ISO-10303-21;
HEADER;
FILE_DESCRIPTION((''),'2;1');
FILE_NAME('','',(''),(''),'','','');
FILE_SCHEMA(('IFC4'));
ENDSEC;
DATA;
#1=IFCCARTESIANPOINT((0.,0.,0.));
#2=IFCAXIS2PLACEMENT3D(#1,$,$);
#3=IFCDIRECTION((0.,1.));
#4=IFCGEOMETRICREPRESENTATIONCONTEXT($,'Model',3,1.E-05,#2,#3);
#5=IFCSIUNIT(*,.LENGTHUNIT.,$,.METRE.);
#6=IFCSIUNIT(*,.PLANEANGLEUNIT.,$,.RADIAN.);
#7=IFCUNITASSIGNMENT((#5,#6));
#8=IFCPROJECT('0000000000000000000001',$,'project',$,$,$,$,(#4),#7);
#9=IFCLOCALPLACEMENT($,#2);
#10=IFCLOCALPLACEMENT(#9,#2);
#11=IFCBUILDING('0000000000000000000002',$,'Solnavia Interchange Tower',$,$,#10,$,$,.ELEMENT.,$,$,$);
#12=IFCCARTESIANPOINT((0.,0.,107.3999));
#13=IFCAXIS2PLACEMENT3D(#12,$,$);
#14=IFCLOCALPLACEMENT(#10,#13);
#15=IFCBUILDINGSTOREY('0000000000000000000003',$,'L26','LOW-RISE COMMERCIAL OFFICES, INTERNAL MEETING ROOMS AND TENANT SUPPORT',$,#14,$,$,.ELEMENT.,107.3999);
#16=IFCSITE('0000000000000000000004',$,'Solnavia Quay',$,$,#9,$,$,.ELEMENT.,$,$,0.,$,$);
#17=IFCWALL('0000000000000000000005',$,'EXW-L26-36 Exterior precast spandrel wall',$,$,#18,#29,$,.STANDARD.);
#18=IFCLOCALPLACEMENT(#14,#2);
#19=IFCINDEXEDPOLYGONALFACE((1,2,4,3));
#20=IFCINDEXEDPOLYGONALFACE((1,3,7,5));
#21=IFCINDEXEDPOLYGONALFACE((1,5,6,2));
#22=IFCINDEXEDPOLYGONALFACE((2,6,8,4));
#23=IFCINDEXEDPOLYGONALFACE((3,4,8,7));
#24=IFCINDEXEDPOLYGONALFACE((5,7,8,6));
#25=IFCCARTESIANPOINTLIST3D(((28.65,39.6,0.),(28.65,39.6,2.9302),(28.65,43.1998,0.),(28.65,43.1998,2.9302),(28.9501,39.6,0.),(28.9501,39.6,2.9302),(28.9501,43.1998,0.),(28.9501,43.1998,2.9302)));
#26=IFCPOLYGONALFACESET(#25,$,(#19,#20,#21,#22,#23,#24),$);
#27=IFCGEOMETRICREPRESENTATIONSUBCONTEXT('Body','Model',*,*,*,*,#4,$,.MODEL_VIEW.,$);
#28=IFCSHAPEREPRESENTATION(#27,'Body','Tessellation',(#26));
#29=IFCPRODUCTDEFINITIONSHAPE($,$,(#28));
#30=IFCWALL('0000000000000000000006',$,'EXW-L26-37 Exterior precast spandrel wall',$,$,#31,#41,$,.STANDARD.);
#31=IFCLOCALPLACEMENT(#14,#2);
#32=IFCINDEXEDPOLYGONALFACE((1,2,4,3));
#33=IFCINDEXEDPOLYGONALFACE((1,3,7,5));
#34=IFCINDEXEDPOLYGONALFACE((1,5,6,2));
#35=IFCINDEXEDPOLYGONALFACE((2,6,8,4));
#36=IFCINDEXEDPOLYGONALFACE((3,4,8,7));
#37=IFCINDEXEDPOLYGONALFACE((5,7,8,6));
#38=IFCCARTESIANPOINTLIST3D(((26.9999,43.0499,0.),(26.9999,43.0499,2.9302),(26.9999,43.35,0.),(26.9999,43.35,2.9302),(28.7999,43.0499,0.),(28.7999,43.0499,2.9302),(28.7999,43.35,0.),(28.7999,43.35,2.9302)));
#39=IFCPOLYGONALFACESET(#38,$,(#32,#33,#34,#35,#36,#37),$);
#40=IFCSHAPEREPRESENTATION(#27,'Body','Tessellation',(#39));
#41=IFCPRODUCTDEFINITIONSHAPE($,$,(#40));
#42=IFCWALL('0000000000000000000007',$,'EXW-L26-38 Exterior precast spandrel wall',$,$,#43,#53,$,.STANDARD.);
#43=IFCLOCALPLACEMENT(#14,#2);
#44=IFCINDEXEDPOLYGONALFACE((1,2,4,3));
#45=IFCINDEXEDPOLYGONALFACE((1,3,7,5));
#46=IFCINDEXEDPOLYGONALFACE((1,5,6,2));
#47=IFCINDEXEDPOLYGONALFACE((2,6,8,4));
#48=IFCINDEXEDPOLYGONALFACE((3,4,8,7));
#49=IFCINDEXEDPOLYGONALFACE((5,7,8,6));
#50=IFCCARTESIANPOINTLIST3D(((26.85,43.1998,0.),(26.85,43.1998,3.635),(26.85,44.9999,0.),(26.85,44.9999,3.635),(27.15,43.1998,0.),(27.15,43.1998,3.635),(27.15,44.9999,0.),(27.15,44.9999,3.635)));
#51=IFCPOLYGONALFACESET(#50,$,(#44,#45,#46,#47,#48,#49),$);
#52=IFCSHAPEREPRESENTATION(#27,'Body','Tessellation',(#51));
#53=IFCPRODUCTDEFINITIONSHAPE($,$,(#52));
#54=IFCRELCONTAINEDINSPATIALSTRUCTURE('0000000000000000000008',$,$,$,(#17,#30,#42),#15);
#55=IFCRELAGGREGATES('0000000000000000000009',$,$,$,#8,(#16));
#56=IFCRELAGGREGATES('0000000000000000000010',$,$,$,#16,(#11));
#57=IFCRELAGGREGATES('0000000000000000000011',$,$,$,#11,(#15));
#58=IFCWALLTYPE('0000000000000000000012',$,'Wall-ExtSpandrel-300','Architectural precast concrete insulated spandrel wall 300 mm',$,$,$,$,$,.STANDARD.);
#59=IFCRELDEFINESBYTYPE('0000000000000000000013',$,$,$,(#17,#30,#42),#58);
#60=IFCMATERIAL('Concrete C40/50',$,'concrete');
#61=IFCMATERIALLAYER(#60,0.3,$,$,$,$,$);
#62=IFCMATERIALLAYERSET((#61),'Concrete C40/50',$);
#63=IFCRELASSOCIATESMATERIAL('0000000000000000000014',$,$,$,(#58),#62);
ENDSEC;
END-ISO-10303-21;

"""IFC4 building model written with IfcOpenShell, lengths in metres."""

from ifc_helpers import new_model, si_unit, direction, frame, frame_2d, origin, place, context, subcontext, project, spatial, rectangle, extrude, material, layer, layer_set, type_object, element, save


model = new_model("IFC4")

# Units and contexts
model_context = context("Model", 3, precision=1e-05, world=origin(), true_north=direction((0.0, 1.0)))
body_context = subcontext(model_context, "Body", "Model", "MODEL_VIEW")
ifc_project = project(units=[si_unit("LENGTHUNIT", "METRE"), si_unit("PLANEANGLEUNIT", "RADIAN")], contexts=[model_context])

# Site, building, storey
site_placement = place(None, origin())
site = spatial("IfcSite", under=ifc_project, at=site_placement, Name="Solnavia Quay", CompositionType="ELEMENT", RefElevation=0.0)
building_placement = place(site_placement, origin())
building = spatial("IfcBuilding", under=site, at=building_placement, Name="Solnavia Interchange Tower", CompositionType="ELEMENT")
storey_placement = place(building_placement, frame((0.0, 0.0, 107.3999)))
storey = spatial("IfcBuildingStorey", under=building, at=storey_placement, Name="L26", Description="LOW-RISE COMMERCIAL OFFICES, INTERNAL MEETING ROOMS AND TENANT SUPPORT", CompositionType="ELEMENT", Elevation=107.3999)

# Walls
ifc_material_1 = material(Name="Concrete C40/50", Category="concrete")
ifc_layer = layer(ifc_material_1, 0.3)
ifc_layer_set = layer_set([ifc_layer], Name="Concrete C40/50")
wall_type = type_object("IfcWallType", Name="Wall-ExtSpandrel-300", Description="Architectural precast concrete insulated spandrel wall 300 mm", PredefinedType="STANDARD", material=ifc_layer_set)
wall_1_placement = place(storey_placement, frame((28.8, 39.6001, 0.0), z_axis=(0.0, 0.0, 1.0), x_axis=(0.0, 1.0, 0.0)))
element("IfcWall", 1, at=wall_1_placement, inside=storey, type_object=wall_type, Name="EXW-L26-36 Exterior precast spandrel wall", PredefinedType="STANDARD", context=body_context, shape_type="SweptSolid", body=[
    extrude(rectangle(XDim=3.5999, YDim=0.3, at=frame_2d((1.7998, 0.0))), origin(), (0.0, 0.0, 1.0), 2.9302),
])
wall_2_placement = place(storey_placement, frame((27.0, 43.2, 0.0), z_axis=(0.0, 0.0, 1.0), x_axis=(1.0, 0.0, 0.0)))
element("IfcWall", 2, at=wall_2_placement, inside=storey, type_object=wall_type, Name="EXW-L26-37 Exterior precast spandrel wall", PredefinedType="STANDARD", context=body_context, shape_type="SweptSolid", body=[
    extrude(rectangle(XDim=1.8, YDim=0.3, at=frame_2d((0.8999, 0.0))), origin(), (0.0, 0.0, 1.0), 2.9302),
])
wall_3_placement = place(storey_placement, frame((27.0, 43.2, 0.0), z_axis=(0.0, 0.0, 1.0), x_axis=(0.0, 1.0, 0.0)))
element("IfcWall", 3, at=wall_3_placement, inside=storey, type_object=wall_type, Name="EXW-L26-38 Exterior precast spandrel wall", PredefinedType="STANDARD", context=body_context, shape_type="SweptSolid", body=[
    extrude(rectangle(XDim=1.8, YDim=0.3, at=frame_2d((0.8999, 0.0))), origin(), (0.0, 0.0, 1.0), 3.635),
])

save(model, "model.ifc")
